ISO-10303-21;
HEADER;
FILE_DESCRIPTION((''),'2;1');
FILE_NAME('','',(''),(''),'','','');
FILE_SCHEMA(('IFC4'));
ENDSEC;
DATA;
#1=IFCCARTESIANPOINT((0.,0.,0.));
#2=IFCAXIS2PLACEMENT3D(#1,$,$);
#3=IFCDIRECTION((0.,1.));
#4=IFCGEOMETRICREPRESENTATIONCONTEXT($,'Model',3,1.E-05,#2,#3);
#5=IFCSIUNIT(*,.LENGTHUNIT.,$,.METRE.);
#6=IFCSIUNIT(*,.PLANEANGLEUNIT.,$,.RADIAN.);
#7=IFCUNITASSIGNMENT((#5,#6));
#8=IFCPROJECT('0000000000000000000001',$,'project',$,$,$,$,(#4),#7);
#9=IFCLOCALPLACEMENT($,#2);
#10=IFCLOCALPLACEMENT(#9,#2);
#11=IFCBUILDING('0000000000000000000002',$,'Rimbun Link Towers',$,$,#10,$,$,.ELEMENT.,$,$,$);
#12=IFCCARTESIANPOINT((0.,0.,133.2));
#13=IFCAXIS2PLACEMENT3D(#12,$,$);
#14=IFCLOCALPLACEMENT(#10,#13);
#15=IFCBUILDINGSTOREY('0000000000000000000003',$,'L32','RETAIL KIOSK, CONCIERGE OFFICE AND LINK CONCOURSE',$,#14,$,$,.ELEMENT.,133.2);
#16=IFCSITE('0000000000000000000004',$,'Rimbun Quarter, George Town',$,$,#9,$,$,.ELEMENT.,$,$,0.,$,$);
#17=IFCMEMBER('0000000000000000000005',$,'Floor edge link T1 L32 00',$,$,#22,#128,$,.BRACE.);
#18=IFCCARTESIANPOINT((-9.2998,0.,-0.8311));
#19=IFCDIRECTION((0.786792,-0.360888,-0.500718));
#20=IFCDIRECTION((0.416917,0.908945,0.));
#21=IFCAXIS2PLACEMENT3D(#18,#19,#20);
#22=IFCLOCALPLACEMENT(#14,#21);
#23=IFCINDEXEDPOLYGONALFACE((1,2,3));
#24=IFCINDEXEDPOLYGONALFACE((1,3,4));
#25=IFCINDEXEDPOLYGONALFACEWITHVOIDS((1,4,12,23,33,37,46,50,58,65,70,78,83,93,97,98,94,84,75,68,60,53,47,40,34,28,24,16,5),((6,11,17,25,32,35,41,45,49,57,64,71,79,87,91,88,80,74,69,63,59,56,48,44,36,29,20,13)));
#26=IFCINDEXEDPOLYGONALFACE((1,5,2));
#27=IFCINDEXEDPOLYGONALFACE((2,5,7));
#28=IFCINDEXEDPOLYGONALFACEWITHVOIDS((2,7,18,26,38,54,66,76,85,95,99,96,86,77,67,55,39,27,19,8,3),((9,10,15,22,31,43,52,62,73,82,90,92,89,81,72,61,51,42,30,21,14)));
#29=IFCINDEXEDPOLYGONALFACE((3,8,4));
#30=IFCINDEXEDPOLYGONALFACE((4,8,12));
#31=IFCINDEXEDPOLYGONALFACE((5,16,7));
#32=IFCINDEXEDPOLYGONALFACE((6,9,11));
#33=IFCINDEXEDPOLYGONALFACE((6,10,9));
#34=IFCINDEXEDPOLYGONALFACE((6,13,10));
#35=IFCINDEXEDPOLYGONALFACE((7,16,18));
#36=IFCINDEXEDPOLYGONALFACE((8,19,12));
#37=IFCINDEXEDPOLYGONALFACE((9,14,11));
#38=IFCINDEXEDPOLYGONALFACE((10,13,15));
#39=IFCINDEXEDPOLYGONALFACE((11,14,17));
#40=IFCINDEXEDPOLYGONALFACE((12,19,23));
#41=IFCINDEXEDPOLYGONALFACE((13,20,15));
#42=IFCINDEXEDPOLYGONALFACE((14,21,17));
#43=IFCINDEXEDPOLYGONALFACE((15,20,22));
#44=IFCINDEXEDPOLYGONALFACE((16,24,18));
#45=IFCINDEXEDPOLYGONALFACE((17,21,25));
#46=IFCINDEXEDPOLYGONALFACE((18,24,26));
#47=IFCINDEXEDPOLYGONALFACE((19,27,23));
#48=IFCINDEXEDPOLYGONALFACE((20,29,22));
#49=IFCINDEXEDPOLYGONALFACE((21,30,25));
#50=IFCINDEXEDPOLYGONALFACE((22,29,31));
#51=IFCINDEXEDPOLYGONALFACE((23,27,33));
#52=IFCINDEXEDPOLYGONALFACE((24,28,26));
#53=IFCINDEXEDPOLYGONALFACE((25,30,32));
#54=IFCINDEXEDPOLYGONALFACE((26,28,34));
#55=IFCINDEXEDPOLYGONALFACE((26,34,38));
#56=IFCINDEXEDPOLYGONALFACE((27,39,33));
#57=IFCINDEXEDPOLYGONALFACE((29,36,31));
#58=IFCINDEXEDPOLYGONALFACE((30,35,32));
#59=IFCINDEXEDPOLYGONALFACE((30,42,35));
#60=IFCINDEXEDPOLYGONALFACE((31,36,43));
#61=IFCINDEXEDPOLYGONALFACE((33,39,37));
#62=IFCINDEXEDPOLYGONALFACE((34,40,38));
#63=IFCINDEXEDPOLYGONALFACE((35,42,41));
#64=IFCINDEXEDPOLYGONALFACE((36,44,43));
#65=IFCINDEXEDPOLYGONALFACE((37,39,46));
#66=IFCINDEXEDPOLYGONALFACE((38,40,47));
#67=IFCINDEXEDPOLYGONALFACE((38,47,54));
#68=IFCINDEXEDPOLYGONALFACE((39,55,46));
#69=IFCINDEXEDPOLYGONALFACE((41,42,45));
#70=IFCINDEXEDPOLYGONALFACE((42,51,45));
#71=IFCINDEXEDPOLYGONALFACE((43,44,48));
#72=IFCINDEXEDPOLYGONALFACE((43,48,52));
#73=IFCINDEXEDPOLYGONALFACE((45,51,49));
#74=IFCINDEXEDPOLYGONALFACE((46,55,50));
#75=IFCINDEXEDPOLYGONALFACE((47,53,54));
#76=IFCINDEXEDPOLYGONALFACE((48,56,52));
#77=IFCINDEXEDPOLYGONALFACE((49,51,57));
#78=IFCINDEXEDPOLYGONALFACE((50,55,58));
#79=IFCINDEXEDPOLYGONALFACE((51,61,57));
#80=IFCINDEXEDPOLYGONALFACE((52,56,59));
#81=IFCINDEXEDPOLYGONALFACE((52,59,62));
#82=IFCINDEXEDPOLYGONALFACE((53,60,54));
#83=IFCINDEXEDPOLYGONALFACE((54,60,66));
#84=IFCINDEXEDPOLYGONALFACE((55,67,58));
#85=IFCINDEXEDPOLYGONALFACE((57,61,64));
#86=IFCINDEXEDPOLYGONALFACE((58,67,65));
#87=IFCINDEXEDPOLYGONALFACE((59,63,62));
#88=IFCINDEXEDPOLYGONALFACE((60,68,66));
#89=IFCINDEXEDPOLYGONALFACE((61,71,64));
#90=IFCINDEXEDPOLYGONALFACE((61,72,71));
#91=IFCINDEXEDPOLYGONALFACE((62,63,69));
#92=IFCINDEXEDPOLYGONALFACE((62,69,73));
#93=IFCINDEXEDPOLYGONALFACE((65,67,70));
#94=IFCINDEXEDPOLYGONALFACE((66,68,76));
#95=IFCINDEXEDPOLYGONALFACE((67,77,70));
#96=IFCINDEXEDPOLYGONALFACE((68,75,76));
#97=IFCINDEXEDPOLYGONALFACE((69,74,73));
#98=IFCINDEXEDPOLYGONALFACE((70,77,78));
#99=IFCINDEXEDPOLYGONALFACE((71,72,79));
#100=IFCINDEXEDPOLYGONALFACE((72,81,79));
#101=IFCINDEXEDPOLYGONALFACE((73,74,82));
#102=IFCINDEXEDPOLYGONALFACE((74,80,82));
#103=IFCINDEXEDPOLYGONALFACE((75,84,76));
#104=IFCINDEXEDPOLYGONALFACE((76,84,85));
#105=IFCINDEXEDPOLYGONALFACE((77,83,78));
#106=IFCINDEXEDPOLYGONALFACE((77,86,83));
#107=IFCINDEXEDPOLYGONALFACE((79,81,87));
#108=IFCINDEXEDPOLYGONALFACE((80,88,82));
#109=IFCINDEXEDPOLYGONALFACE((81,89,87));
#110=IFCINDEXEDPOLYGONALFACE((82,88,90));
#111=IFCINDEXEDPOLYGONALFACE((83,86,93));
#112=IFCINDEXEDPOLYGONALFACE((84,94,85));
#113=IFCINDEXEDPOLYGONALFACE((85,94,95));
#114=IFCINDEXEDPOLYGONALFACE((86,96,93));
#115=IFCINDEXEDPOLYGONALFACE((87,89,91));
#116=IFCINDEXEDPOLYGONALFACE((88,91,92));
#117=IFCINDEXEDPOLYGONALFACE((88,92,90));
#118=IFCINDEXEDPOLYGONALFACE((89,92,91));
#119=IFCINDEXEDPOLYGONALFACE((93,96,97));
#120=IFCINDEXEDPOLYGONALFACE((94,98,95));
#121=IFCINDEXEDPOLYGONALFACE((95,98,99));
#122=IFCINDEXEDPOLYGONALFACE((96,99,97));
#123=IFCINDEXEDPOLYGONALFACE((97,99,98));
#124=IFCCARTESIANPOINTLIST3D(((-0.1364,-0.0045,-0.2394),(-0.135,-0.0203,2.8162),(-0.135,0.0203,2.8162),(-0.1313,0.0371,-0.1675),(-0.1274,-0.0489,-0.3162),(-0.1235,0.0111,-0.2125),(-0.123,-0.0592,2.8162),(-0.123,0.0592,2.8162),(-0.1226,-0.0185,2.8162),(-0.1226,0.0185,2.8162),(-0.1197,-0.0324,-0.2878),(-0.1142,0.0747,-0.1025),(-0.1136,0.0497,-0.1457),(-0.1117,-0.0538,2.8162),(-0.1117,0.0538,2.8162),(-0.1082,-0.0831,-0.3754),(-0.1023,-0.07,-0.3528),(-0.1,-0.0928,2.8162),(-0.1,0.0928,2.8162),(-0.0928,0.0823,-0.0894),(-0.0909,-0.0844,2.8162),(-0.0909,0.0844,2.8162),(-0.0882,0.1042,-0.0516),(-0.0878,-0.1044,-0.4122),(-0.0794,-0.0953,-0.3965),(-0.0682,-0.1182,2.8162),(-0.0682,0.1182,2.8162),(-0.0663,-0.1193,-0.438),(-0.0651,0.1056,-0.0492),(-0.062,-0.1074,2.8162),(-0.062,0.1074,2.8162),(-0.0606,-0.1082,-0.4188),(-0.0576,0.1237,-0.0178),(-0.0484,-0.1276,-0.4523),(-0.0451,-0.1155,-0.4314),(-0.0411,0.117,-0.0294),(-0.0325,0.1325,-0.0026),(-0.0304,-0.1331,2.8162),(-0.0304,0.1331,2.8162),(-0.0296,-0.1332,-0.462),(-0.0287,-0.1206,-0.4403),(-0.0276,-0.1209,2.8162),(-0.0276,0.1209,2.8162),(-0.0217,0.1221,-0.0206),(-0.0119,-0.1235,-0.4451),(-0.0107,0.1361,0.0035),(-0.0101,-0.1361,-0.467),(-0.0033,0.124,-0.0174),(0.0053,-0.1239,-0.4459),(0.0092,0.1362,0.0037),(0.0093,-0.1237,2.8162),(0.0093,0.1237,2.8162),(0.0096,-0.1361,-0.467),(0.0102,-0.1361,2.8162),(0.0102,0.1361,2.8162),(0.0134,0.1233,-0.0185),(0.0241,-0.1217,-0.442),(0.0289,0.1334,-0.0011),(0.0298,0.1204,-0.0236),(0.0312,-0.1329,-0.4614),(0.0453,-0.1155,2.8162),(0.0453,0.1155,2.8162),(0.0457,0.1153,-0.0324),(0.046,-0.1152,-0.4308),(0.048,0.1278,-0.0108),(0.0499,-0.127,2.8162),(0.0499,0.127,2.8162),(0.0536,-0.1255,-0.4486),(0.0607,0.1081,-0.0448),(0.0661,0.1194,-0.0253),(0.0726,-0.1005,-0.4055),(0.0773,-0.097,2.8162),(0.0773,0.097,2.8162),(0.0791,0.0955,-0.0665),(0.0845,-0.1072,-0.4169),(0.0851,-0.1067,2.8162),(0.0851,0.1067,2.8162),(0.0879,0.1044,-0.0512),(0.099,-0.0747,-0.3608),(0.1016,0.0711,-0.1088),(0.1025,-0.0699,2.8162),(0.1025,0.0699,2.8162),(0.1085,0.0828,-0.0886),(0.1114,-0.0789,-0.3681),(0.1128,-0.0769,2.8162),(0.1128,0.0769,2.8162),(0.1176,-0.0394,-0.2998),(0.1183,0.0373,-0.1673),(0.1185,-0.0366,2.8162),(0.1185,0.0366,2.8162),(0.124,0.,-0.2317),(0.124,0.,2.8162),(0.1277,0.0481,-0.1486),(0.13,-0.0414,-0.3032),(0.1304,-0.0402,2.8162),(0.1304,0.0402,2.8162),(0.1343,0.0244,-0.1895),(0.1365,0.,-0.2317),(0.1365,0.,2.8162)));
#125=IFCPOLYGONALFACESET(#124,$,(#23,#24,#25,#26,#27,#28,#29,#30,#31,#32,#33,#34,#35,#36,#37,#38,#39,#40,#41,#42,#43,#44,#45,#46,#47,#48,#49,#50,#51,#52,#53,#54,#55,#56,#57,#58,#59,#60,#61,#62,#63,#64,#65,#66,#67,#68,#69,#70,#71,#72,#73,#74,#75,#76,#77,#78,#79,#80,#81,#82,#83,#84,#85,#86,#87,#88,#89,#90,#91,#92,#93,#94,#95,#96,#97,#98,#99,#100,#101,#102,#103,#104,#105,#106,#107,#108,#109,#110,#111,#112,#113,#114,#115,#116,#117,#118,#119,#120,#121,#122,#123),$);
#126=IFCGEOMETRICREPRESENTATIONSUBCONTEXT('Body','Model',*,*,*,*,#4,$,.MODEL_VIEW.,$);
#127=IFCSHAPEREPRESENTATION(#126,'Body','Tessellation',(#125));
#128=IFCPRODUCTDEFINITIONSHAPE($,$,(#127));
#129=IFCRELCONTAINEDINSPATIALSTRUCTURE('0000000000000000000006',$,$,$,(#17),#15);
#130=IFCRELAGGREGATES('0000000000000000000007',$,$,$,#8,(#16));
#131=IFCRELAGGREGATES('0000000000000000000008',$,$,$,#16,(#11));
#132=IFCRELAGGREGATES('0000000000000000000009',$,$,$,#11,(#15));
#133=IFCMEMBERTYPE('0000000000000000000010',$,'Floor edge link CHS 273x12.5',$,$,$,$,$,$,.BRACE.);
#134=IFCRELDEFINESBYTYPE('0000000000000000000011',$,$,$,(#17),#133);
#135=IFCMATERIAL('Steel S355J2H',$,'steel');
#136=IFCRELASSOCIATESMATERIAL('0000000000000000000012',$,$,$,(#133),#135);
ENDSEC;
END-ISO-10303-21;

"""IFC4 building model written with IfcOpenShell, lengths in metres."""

from ifc_helpers import new_model, si_unit, direction, frame, origin, origin_2d, place, context, subcontext, project, spatial, hollow_circle, extrude, clip, halfspace, material, material_profile, profile_set, type_object, element, save


model = new_model("IFC4")

# Units and contexts
model_context = context("Model", 3, precision=1e-05, world=origin(), true_north=direction((0.0, 1.0)))
body_context = subcontext(model_context, "Body", "Model", "MODEL_VIEW")
ifc_project = project(units=[si_unit("LENGTHUNIT", "METRE"), si_unit("PLANEANGLEUNIT", "RADIAN")], contexts=[model_context])

# Site, building, storey
site_placement = place(None, origin())
site = spatial("IfcSite", under=ifc_project, at=site_placement, Name="Rimbun Quarter, George Town", CompositionType="ELEMENT", RefElevation=0.0)
building_placement = place(site_placement, origin())
building = spatial("IfcBuilding", under=site, at=building_placement, Name="Rimbun Link Towers", CompositionType="ELEMENT")
storey_placement = place(building_placement, frame((0.0, 0.0, 133.2)))
storey = spatial("IfcBuildingStorey", under=building, at=storey_placement, Name="L32", Description="RETAIL KIOSK, CONCIERGE OFFICE AND LINK CONCOURSE", CompositionType="ELEMENT", Elevation=133.2)

# Member
ifc_material_1 = material(Name="Steel S355J2H", Category="steel")
ifc_material_profile_1 = material_profile(ifc_material_1, hollow_circle(Radius=0.1365, WallThickness=0.0125, at=origin_2d()), Name="CHS 273x12.5")
ifc_profile_set_1 = profile_set([ifc_material_profile_1], Name="Steel S355J2H")
member_type_1 = type_object("IfcMemberType", Name="Floor edge link CHS 273x12.5", PredefinedType="BRACE", material=ifc_profile_set_1)
member_1_placement = place(storey_placement, frame((-9.2998, 0.0, -0.8311), z_axis=(0.786792, -0.360888, -0.500718), x_axis=(0.416917, 0.908945, 0.0)))
element("IfcMember", 1, at=member_1_placement, inside=storey, type_object=member_type_1, Name="Floor edge link T1 L32 00", PredefinedType="BRACE", context=body_context, shape_type="Clipping", body=[
    clip(extrude(hollow_circle(Radius=0.1365, WallThickness=0.0125, at=origin_2d()), frame((0.0, 0.0, -0.4919)), (0.0, 0.0, 1.0), 3.3081), halfspace(frame((0.0, 0.0, -0.2317), z_axis=(0.0, 0.865611, -0.500718)), False)),
])

save(model, "model.ifc")
